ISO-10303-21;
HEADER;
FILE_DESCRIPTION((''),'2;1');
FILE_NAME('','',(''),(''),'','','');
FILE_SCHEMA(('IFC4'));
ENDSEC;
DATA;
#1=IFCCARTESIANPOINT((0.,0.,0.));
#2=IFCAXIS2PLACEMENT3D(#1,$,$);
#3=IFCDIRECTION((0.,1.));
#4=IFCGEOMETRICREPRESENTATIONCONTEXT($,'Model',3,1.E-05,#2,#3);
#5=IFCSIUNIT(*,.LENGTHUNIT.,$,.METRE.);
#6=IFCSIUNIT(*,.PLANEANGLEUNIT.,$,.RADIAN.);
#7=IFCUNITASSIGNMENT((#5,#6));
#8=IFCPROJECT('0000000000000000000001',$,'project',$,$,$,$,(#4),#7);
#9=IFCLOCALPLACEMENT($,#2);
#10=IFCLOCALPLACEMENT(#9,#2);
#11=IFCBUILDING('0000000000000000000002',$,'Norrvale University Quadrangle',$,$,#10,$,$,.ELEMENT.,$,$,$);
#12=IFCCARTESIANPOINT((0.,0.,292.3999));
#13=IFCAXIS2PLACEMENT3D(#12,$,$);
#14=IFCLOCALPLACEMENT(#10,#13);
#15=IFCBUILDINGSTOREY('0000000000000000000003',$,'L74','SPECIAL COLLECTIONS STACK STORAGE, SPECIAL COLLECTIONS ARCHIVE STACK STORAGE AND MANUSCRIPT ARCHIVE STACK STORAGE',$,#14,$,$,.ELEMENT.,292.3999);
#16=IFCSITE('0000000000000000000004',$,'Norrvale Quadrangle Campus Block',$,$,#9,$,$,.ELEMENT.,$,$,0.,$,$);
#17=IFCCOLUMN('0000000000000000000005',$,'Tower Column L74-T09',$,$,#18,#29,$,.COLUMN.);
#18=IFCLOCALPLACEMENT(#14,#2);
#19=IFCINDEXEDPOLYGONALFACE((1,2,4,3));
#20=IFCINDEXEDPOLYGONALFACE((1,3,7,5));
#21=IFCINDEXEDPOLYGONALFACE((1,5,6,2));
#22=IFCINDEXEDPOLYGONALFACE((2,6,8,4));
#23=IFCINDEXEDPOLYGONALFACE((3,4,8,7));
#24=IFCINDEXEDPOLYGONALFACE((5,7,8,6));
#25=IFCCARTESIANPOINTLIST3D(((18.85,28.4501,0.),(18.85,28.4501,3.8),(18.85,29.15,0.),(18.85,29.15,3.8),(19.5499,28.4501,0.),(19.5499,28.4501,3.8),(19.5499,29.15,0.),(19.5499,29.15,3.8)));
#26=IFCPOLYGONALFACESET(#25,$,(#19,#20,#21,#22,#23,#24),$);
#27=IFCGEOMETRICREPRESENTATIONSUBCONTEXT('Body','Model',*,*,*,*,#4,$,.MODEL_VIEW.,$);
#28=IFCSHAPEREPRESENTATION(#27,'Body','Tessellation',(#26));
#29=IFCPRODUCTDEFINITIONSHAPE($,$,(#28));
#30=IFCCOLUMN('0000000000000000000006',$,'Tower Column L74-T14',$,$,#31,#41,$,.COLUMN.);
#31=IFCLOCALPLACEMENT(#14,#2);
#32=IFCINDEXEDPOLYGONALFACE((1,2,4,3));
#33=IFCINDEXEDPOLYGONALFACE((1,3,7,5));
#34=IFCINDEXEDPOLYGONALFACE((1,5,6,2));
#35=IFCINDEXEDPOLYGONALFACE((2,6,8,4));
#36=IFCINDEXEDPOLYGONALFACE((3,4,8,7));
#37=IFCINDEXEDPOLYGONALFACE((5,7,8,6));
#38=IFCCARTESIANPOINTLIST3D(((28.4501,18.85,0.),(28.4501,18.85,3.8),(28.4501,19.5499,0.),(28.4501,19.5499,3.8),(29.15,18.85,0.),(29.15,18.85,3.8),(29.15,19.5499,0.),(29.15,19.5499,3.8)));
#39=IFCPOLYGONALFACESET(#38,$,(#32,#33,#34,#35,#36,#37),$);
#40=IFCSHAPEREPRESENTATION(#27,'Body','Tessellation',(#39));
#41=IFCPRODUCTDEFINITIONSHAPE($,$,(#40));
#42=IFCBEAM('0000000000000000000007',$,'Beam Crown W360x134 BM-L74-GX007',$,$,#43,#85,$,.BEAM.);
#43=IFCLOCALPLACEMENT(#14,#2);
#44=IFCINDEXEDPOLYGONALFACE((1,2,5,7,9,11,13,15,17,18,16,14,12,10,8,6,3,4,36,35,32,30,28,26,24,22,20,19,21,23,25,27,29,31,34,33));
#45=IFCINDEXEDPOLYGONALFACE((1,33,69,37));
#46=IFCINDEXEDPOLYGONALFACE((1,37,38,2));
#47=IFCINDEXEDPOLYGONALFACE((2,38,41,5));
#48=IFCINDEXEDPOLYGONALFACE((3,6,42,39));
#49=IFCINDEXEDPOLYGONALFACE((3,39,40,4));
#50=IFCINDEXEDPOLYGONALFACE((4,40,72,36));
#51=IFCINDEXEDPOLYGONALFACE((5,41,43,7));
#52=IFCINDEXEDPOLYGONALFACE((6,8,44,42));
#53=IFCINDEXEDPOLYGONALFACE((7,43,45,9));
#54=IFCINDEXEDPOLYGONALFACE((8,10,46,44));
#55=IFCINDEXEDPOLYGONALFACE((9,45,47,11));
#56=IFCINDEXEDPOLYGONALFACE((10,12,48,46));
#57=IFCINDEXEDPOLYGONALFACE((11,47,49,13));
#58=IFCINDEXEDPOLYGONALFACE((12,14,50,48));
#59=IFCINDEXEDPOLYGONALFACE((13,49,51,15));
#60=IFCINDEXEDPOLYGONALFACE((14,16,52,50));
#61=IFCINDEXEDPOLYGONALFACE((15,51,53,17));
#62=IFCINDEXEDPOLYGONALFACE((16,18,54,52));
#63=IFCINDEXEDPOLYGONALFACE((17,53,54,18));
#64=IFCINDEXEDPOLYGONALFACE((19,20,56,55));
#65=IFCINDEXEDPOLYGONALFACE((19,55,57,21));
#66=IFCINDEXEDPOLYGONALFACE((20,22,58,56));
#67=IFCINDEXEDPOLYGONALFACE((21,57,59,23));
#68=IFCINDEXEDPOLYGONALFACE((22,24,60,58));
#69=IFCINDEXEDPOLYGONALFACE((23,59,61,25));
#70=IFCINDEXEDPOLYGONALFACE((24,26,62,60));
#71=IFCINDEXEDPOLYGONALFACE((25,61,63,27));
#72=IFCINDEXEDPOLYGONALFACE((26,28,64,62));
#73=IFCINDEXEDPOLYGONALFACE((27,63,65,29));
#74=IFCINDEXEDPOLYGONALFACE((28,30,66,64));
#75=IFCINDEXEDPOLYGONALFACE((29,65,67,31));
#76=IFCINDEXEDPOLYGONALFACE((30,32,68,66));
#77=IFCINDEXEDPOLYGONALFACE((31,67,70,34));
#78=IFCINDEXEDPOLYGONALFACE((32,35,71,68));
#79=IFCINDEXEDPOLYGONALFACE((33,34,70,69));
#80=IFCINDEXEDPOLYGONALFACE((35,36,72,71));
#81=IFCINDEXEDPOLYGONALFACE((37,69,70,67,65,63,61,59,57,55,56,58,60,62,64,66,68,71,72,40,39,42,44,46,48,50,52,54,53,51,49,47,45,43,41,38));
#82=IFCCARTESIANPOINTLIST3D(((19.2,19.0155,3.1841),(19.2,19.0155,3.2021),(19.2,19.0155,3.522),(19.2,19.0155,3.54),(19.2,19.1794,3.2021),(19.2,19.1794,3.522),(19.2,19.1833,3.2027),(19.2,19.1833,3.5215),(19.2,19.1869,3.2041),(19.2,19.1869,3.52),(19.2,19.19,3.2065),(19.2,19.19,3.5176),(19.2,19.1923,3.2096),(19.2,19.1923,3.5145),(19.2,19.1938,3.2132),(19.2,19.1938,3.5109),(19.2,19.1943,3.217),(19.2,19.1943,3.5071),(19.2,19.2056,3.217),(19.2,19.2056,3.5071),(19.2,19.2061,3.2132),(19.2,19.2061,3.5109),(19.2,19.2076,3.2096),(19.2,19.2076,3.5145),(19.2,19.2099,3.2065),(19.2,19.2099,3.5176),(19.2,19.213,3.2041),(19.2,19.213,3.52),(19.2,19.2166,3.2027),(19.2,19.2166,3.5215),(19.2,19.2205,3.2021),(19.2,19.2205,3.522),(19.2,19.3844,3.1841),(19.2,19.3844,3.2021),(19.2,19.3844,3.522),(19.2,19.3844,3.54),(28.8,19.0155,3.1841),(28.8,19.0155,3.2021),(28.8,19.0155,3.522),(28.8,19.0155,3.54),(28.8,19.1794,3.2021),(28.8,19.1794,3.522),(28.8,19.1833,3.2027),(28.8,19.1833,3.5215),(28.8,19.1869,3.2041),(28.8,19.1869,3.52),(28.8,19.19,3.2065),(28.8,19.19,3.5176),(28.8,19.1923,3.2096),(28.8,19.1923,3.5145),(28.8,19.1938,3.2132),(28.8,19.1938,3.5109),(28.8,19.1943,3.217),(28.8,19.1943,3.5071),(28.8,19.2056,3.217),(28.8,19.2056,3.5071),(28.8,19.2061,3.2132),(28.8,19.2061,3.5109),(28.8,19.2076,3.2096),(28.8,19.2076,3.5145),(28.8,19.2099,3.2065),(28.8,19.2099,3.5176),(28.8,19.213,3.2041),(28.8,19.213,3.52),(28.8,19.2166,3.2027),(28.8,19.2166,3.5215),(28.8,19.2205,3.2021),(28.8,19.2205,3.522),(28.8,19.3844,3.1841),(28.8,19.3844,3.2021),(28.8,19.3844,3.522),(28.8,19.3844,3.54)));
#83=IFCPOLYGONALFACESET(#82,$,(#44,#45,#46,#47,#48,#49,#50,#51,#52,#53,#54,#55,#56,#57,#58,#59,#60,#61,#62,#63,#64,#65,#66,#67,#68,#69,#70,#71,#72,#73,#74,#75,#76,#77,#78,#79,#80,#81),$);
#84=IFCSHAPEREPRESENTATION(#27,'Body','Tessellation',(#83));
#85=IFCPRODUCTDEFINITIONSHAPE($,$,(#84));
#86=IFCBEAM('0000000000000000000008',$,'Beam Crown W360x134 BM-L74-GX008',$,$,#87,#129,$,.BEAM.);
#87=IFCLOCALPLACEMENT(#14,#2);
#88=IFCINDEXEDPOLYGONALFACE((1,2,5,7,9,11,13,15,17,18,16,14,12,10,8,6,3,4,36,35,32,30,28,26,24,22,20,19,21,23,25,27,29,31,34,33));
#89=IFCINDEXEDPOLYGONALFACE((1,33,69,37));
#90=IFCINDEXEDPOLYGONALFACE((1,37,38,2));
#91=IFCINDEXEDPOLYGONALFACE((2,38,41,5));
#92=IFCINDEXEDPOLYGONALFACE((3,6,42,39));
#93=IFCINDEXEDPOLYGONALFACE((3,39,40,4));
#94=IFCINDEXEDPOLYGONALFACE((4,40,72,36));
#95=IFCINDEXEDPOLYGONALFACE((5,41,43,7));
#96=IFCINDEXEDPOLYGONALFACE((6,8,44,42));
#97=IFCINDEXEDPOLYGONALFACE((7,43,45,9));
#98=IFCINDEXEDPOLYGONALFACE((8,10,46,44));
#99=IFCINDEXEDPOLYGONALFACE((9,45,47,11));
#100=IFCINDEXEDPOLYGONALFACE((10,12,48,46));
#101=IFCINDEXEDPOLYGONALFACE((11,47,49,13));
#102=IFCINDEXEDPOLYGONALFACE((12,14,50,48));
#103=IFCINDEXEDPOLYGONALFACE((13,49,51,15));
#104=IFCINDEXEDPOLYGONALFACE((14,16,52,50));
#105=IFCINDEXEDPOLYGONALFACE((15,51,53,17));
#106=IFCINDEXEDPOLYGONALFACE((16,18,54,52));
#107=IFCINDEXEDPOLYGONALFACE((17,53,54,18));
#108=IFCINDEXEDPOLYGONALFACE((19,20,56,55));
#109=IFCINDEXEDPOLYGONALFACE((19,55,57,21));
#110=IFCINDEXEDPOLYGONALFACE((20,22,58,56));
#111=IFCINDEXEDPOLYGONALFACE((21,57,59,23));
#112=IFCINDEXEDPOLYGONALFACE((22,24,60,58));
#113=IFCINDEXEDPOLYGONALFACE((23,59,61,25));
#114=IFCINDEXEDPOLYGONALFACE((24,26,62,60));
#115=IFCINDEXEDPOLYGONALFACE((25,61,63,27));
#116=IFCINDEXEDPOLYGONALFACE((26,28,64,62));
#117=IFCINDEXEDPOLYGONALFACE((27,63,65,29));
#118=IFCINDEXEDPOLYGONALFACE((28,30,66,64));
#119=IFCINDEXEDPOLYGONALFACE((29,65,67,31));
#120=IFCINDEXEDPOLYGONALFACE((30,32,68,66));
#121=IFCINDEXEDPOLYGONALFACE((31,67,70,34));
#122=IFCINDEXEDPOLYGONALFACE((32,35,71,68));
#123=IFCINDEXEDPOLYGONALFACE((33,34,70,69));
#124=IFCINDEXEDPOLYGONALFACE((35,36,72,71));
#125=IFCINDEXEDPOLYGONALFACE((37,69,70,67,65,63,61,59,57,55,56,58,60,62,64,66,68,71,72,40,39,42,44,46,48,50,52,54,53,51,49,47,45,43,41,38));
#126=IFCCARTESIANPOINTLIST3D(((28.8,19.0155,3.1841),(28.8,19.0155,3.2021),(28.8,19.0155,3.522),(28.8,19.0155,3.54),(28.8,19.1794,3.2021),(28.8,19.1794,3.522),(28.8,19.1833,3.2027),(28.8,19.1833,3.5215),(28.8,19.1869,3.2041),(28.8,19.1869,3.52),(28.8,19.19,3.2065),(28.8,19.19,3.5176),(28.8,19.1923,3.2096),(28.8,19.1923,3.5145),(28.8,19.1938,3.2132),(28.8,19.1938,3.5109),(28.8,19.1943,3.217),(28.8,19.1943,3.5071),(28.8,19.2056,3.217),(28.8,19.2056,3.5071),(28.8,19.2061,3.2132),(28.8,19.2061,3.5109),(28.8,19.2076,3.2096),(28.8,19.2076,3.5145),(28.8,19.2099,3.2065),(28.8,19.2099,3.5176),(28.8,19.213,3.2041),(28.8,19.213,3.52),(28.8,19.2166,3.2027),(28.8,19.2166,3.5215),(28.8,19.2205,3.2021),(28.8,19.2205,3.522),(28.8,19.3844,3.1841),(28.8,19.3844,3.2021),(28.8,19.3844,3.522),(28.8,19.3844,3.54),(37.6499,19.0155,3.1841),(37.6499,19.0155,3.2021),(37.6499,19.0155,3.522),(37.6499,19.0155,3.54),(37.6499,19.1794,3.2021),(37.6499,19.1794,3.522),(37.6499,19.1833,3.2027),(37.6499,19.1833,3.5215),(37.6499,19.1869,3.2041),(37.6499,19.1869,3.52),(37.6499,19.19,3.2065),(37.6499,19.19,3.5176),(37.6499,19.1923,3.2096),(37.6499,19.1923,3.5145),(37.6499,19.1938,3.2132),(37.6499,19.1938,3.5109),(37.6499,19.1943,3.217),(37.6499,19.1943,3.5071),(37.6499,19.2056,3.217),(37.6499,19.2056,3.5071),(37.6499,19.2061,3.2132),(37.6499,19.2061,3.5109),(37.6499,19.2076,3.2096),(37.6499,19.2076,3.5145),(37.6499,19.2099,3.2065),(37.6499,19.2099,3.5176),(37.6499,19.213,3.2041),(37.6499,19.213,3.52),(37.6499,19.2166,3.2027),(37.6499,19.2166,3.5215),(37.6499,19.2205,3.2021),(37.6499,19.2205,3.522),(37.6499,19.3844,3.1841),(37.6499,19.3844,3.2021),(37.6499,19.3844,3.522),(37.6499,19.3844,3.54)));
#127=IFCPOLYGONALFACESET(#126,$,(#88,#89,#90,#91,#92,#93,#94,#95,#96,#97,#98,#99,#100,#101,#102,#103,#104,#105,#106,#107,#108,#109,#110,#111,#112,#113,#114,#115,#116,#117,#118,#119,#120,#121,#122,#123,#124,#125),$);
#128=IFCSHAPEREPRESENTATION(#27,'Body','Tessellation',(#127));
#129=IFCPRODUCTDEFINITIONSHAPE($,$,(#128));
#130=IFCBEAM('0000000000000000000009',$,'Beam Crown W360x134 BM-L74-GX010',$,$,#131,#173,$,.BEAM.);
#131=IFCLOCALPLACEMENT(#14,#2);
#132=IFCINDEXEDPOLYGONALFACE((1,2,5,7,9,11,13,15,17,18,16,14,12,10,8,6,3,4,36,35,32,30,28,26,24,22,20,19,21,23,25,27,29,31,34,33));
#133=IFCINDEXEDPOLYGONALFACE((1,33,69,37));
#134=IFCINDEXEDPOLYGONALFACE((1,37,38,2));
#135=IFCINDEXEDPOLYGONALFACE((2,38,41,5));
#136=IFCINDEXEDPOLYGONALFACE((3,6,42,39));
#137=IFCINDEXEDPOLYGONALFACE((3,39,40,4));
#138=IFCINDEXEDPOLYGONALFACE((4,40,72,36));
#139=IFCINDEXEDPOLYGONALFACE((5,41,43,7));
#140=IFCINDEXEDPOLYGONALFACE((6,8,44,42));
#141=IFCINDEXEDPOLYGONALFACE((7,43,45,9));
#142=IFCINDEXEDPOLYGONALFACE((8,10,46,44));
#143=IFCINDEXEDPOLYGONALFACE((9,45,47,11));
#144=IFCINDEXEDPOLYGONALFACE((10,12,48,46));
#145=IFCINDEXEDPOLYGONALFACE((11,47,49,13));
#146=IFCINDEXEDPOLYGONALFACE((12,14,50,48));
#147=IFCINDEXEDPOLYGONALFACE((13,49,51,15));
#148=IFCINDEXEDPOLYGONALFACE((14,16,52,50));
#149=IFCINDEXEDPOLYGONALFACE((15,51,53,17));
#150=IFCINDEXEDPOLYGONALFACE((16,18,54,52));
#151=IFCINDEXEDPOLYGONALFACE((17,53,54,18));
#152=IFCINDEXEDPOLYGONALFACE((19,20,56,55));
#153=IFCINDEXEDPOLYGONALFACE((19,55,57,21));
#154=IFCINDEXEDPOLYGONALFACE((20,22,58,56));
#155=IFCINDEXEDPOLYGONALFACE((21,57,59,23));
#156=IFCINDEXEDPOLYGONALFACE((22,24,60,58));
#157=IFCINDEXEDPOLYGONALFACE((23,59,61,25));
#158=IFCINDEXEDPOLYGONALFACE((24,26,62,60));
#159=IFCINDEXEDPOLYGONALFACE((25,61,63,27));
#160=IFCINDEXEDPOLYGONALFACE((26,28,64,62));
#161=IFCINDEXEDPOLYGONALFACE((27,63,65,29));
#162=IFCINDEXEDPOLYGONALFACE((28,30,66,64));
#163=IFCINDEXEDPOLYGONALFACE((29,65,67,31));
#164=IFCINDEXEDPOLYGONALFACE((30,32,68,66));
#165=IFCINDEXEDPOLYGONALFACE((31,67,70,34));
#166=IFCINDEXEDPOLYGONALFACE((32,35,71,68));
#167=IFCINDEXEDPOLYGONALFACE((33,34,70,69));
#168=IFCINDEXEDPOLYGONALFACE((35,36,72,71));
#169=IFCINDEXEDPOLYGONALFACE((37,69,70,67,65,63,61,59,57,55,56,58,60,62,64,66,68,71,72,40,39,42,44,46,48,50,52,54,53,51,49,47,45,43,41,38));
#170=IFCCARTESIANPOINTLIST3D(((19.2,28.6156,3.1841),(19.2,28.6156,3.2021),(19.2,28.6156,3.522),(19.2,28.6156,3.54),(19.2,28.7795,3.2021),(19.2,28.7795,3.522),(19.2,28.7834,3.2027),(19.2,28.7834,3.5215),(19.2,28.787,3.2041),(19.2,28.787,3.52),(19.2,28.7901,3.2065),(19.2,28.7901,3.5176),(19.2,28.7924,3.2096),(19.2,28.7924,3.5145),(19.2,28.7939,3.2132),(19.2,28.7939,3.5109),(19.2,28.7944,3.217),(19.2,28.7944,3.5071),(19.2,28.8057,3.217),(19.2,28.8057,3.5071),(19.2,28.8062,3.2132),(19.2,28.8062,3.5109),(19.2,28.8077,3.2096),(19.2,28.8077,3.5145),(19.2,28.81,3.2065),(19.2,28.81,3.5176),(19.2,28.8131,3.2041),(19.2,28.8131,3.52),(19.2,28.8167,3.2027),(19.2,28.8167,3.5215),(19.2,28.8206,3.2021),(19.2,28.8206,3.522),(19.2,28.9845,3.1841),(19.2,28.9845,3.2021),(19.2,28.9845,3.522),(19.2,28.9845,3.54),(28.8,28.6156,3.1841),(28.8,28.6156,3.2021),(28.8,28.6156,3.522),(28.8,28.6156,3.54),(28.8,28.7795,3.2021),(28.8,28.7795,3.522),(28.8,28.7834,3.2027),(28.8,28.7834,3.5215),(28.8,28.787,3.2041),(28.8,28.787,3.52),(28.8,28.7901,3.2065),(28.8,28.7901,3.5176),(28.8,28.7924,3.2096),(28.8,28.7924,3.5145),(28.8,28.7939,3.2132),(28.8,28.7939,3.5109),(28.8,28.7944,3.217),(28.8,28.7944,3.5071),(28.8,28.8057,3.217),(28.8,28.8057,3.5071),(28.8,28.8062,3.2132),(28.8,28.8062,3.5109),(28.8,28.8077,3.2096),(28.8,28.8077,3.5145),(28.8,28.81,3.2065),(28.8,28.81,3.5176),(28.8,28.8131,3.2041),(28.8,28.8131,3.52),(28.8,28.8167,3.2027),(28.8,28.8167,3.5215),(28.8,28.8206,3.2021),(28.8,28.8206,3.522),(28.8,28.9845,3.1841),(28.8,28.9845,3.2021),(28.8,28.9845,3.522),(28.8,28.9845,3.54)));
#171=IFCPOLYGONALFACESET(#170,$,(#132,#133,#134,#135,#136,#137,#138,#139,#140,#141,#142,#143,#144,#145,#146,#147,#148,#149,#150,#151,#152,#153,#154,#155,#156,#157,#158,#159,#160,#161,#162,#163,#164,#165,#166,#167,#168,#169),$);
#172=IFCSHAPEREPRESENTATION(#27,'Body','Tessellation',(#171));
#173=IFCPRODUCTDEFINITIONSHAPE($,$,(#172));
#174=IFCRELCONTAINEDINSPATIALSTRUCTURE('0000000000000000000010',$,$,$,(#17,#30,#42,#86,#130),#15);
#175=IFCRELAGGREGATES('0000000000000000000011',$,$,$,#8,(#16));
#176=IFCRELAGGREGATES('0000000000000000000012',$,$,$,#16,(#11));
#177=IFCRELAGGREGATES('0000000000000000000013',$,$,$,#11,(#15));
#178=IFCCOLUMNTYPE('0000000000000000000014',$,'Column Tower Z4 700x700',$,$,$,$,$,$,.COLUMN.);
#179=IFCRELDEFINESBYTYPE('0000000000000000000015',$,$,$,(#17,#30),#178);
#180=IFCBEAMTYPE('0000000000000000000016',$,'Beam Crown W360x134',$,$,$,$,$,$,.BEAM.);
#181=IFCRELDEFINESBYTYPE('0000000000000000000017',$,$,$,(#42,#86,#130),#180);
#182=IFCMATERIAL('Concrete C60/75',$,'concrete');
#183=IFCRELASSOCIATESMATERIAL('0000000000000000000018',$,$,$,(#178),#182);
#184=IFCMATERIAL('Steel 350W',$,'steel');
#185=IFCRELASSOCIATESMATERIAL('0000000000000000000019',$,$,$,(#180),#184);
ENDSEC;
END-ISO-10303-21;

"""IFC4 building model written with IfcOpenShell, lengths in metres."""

from ifc_helpers import new_model, si_unit, direction, frame, origin, origin_2d, place, context, subcontext, project, spatial, rectangle, i_section, extrude, material, material_profile, profile_set, type_object, element, save


model = new_model("IFC4")

# Units and contexts
model_context = context("Model", 3, precision=1e-05, world=origin(), true_north=direction((0.0, 1.0)))
body_context = subcontext(model_context, "Body", "Model", "MODEL_VIEW")
ifc_project = project(units=[si_unit("LENGTHUNIT", "METRE"), si_unit("PLANEANGLEUNIT", "RADIAN")], contexts=[model_context])

# Site, building, storey
site_placement = place(None, origin())
site = spatial("IfcSite", under=ifc_project, at=site_placement, Name="Norrvale Quadrangle Campus Block", CompositionType="ELEMENT", RefElevation=0.0)
building_placement = place(site_placement, origin())
building = spatial("IfcBuilding", under=site, at=building_placement, Name="Norrvale University Quadrangle", CompositionType="ELEMENT")
storey_placement = place(building_placement, frame((0.0, 0.0, 292.3999)))
storey = spatial("IfcBuildingStorey", under=building, at=storey_placement, Name="L74", Description="SPECIAL COLLECTIONS STACK STORAGE, SPECIAL COLLECTIONS ARCHIVE STACK STORAGE AND MANUSCRIPT ARCHIVE STACK STORAGE", CompositionType="ELEMENT", Elevation=292.3999)

# Columns
ifc_material_1 = material(Name="Concrete C60/75", Category="concrete")
ifc_material_profile_1 = material_profile(ifc_material_1, rectangle(XDim=0.7, YDim=0.7, at=origin_2d()), Name="Concrete C60/75")
ifc_profile_set_1 = profile_set([ifc_material_profile_1], Name="Concrete C60/75")
column_type = type_object("IfcColumnType", Name="Column Tower Z4 700x700", PredefinedType="COLUMN", material=ifc_profile_set_1)
for number, where, z_axis, x_axis, name in (
    (1, (19.2, 28.8, 0.0), (0.0, 0.0, 1.0), (1.0, 0.0, 0.0), "Tower Column L74-T09"),
    (2, (28.8, 19.2, 0.0), (0.0, 0.0, 1.0), (1.0, 0.0, 0.0), "Tower Column L74-T14"),
):
    element("IfcColumn", number, at=place(storey_placement, frame(where, z_axis=z_axis, x_axis=x_axis)), inside=storey, type_object=column_type, Name=name, PredefinedType="COLUMN", context=body_context, shape_type="SweptSolid", body=[
        extrude(rectangle(XDim=0.7, YDim=0.7, at=origin_2d()), origin(), (0.0, 0.0, 1.0), 3.8),
    ])

# Beams
ifc_material_2 = material(Name="Steel 350W", Category="steel")
ifc_material_profile_2 = material_profile(ifc_material_2, i_section(OverallWidth=0.3689, OverallDepth=0.356, WebThickness=0.0112, FlangeThickness=0.0181, FilletRadius=0.0149, at=origin_2d()), Name="Steel 350W")
ifc_profile_set_2 = profile_set([ifc_material_profile_2], Name="Steel 350W")
beam_type_1 = type_object("IfcBeamType", Name="Beam Crown W360x134", PredefinedType="BEAM", material=ifc_profile_set_2)
beam_1_placement = place(storey_placement, frame((19.2, 19.2, 3.3621), z_axis=(1.0, 0.0, 0.0), x_axis=(0.0, 1.0, 0.0)))
element("IfcBeam", 3, at=beam_1_placement, inside=storey, type_object=beam_type_1, Name="Beam Crown W360x134 BM-L74-GX007", PredefinedType="BEAM", context=body_context, shape_type="SweptSolid", body=[
    extrude(i_section(OverallWidth=0.3689, OverallDepth=0.356, WebThickness=0.0112, FlangeThickness=0.0181, FilletRadius=0.0149, at=origin_2d()), origin(), (0.0, 0.0, 1.0), 9.6001),
])
beam_2_placement = place(storey_placement, frame((28.8, 19.2, 3.3621), z_axis=(1.0, 0.0, 0.0), x_axis=(0.0, 1.0, 0.0)))
element("IfcBeam", 4, at=beam_2_placement, inside=storey, type_object=beam_type_1, Name="Beam Crown W360x134 BM-L74-GX008", PredefinedType="BEAM", context=body_context, shape_type="SweptSolid", body=[
    extrude(i_section(OverallWidth=0.3689, OverallDepth=0.356, WebThickness=0.0112, FlangeThickness=0.0181, FilletRadius=0.0149, at=origin_2d()), origin(), (0.0, 0.0, 1.0), 8.8499),
])
for number, where, z_axis, x_axis, name in (
    (5, (19.2, 28.8, 3.3621), (1.0, 0.0, 0.0), (0.0, 1.0, 0.0), "Beam Crown W360x134 BM-L74-GX010"),
):
    element("IfcBeam", number, at=place(storey_placement, frame(where, z_axis=z_axis, x_axis=x_axis)), inside=storey, type_object=beam_type_1, Name=name, PredefinedType="BEAM", context=body_context, shape_type="SweptSolid", body=[
        extrude(i_section(OverallWidth=0.3689, OverallDepth=0.356, WebThickness=0.0112, FlangeThickness=0.0181, FilletRadius=0.0149, at=origin_2d()), origin(), (0.0, 0.0, 1.0), 9.6001),
    ])

save(model, "model.ifc")
